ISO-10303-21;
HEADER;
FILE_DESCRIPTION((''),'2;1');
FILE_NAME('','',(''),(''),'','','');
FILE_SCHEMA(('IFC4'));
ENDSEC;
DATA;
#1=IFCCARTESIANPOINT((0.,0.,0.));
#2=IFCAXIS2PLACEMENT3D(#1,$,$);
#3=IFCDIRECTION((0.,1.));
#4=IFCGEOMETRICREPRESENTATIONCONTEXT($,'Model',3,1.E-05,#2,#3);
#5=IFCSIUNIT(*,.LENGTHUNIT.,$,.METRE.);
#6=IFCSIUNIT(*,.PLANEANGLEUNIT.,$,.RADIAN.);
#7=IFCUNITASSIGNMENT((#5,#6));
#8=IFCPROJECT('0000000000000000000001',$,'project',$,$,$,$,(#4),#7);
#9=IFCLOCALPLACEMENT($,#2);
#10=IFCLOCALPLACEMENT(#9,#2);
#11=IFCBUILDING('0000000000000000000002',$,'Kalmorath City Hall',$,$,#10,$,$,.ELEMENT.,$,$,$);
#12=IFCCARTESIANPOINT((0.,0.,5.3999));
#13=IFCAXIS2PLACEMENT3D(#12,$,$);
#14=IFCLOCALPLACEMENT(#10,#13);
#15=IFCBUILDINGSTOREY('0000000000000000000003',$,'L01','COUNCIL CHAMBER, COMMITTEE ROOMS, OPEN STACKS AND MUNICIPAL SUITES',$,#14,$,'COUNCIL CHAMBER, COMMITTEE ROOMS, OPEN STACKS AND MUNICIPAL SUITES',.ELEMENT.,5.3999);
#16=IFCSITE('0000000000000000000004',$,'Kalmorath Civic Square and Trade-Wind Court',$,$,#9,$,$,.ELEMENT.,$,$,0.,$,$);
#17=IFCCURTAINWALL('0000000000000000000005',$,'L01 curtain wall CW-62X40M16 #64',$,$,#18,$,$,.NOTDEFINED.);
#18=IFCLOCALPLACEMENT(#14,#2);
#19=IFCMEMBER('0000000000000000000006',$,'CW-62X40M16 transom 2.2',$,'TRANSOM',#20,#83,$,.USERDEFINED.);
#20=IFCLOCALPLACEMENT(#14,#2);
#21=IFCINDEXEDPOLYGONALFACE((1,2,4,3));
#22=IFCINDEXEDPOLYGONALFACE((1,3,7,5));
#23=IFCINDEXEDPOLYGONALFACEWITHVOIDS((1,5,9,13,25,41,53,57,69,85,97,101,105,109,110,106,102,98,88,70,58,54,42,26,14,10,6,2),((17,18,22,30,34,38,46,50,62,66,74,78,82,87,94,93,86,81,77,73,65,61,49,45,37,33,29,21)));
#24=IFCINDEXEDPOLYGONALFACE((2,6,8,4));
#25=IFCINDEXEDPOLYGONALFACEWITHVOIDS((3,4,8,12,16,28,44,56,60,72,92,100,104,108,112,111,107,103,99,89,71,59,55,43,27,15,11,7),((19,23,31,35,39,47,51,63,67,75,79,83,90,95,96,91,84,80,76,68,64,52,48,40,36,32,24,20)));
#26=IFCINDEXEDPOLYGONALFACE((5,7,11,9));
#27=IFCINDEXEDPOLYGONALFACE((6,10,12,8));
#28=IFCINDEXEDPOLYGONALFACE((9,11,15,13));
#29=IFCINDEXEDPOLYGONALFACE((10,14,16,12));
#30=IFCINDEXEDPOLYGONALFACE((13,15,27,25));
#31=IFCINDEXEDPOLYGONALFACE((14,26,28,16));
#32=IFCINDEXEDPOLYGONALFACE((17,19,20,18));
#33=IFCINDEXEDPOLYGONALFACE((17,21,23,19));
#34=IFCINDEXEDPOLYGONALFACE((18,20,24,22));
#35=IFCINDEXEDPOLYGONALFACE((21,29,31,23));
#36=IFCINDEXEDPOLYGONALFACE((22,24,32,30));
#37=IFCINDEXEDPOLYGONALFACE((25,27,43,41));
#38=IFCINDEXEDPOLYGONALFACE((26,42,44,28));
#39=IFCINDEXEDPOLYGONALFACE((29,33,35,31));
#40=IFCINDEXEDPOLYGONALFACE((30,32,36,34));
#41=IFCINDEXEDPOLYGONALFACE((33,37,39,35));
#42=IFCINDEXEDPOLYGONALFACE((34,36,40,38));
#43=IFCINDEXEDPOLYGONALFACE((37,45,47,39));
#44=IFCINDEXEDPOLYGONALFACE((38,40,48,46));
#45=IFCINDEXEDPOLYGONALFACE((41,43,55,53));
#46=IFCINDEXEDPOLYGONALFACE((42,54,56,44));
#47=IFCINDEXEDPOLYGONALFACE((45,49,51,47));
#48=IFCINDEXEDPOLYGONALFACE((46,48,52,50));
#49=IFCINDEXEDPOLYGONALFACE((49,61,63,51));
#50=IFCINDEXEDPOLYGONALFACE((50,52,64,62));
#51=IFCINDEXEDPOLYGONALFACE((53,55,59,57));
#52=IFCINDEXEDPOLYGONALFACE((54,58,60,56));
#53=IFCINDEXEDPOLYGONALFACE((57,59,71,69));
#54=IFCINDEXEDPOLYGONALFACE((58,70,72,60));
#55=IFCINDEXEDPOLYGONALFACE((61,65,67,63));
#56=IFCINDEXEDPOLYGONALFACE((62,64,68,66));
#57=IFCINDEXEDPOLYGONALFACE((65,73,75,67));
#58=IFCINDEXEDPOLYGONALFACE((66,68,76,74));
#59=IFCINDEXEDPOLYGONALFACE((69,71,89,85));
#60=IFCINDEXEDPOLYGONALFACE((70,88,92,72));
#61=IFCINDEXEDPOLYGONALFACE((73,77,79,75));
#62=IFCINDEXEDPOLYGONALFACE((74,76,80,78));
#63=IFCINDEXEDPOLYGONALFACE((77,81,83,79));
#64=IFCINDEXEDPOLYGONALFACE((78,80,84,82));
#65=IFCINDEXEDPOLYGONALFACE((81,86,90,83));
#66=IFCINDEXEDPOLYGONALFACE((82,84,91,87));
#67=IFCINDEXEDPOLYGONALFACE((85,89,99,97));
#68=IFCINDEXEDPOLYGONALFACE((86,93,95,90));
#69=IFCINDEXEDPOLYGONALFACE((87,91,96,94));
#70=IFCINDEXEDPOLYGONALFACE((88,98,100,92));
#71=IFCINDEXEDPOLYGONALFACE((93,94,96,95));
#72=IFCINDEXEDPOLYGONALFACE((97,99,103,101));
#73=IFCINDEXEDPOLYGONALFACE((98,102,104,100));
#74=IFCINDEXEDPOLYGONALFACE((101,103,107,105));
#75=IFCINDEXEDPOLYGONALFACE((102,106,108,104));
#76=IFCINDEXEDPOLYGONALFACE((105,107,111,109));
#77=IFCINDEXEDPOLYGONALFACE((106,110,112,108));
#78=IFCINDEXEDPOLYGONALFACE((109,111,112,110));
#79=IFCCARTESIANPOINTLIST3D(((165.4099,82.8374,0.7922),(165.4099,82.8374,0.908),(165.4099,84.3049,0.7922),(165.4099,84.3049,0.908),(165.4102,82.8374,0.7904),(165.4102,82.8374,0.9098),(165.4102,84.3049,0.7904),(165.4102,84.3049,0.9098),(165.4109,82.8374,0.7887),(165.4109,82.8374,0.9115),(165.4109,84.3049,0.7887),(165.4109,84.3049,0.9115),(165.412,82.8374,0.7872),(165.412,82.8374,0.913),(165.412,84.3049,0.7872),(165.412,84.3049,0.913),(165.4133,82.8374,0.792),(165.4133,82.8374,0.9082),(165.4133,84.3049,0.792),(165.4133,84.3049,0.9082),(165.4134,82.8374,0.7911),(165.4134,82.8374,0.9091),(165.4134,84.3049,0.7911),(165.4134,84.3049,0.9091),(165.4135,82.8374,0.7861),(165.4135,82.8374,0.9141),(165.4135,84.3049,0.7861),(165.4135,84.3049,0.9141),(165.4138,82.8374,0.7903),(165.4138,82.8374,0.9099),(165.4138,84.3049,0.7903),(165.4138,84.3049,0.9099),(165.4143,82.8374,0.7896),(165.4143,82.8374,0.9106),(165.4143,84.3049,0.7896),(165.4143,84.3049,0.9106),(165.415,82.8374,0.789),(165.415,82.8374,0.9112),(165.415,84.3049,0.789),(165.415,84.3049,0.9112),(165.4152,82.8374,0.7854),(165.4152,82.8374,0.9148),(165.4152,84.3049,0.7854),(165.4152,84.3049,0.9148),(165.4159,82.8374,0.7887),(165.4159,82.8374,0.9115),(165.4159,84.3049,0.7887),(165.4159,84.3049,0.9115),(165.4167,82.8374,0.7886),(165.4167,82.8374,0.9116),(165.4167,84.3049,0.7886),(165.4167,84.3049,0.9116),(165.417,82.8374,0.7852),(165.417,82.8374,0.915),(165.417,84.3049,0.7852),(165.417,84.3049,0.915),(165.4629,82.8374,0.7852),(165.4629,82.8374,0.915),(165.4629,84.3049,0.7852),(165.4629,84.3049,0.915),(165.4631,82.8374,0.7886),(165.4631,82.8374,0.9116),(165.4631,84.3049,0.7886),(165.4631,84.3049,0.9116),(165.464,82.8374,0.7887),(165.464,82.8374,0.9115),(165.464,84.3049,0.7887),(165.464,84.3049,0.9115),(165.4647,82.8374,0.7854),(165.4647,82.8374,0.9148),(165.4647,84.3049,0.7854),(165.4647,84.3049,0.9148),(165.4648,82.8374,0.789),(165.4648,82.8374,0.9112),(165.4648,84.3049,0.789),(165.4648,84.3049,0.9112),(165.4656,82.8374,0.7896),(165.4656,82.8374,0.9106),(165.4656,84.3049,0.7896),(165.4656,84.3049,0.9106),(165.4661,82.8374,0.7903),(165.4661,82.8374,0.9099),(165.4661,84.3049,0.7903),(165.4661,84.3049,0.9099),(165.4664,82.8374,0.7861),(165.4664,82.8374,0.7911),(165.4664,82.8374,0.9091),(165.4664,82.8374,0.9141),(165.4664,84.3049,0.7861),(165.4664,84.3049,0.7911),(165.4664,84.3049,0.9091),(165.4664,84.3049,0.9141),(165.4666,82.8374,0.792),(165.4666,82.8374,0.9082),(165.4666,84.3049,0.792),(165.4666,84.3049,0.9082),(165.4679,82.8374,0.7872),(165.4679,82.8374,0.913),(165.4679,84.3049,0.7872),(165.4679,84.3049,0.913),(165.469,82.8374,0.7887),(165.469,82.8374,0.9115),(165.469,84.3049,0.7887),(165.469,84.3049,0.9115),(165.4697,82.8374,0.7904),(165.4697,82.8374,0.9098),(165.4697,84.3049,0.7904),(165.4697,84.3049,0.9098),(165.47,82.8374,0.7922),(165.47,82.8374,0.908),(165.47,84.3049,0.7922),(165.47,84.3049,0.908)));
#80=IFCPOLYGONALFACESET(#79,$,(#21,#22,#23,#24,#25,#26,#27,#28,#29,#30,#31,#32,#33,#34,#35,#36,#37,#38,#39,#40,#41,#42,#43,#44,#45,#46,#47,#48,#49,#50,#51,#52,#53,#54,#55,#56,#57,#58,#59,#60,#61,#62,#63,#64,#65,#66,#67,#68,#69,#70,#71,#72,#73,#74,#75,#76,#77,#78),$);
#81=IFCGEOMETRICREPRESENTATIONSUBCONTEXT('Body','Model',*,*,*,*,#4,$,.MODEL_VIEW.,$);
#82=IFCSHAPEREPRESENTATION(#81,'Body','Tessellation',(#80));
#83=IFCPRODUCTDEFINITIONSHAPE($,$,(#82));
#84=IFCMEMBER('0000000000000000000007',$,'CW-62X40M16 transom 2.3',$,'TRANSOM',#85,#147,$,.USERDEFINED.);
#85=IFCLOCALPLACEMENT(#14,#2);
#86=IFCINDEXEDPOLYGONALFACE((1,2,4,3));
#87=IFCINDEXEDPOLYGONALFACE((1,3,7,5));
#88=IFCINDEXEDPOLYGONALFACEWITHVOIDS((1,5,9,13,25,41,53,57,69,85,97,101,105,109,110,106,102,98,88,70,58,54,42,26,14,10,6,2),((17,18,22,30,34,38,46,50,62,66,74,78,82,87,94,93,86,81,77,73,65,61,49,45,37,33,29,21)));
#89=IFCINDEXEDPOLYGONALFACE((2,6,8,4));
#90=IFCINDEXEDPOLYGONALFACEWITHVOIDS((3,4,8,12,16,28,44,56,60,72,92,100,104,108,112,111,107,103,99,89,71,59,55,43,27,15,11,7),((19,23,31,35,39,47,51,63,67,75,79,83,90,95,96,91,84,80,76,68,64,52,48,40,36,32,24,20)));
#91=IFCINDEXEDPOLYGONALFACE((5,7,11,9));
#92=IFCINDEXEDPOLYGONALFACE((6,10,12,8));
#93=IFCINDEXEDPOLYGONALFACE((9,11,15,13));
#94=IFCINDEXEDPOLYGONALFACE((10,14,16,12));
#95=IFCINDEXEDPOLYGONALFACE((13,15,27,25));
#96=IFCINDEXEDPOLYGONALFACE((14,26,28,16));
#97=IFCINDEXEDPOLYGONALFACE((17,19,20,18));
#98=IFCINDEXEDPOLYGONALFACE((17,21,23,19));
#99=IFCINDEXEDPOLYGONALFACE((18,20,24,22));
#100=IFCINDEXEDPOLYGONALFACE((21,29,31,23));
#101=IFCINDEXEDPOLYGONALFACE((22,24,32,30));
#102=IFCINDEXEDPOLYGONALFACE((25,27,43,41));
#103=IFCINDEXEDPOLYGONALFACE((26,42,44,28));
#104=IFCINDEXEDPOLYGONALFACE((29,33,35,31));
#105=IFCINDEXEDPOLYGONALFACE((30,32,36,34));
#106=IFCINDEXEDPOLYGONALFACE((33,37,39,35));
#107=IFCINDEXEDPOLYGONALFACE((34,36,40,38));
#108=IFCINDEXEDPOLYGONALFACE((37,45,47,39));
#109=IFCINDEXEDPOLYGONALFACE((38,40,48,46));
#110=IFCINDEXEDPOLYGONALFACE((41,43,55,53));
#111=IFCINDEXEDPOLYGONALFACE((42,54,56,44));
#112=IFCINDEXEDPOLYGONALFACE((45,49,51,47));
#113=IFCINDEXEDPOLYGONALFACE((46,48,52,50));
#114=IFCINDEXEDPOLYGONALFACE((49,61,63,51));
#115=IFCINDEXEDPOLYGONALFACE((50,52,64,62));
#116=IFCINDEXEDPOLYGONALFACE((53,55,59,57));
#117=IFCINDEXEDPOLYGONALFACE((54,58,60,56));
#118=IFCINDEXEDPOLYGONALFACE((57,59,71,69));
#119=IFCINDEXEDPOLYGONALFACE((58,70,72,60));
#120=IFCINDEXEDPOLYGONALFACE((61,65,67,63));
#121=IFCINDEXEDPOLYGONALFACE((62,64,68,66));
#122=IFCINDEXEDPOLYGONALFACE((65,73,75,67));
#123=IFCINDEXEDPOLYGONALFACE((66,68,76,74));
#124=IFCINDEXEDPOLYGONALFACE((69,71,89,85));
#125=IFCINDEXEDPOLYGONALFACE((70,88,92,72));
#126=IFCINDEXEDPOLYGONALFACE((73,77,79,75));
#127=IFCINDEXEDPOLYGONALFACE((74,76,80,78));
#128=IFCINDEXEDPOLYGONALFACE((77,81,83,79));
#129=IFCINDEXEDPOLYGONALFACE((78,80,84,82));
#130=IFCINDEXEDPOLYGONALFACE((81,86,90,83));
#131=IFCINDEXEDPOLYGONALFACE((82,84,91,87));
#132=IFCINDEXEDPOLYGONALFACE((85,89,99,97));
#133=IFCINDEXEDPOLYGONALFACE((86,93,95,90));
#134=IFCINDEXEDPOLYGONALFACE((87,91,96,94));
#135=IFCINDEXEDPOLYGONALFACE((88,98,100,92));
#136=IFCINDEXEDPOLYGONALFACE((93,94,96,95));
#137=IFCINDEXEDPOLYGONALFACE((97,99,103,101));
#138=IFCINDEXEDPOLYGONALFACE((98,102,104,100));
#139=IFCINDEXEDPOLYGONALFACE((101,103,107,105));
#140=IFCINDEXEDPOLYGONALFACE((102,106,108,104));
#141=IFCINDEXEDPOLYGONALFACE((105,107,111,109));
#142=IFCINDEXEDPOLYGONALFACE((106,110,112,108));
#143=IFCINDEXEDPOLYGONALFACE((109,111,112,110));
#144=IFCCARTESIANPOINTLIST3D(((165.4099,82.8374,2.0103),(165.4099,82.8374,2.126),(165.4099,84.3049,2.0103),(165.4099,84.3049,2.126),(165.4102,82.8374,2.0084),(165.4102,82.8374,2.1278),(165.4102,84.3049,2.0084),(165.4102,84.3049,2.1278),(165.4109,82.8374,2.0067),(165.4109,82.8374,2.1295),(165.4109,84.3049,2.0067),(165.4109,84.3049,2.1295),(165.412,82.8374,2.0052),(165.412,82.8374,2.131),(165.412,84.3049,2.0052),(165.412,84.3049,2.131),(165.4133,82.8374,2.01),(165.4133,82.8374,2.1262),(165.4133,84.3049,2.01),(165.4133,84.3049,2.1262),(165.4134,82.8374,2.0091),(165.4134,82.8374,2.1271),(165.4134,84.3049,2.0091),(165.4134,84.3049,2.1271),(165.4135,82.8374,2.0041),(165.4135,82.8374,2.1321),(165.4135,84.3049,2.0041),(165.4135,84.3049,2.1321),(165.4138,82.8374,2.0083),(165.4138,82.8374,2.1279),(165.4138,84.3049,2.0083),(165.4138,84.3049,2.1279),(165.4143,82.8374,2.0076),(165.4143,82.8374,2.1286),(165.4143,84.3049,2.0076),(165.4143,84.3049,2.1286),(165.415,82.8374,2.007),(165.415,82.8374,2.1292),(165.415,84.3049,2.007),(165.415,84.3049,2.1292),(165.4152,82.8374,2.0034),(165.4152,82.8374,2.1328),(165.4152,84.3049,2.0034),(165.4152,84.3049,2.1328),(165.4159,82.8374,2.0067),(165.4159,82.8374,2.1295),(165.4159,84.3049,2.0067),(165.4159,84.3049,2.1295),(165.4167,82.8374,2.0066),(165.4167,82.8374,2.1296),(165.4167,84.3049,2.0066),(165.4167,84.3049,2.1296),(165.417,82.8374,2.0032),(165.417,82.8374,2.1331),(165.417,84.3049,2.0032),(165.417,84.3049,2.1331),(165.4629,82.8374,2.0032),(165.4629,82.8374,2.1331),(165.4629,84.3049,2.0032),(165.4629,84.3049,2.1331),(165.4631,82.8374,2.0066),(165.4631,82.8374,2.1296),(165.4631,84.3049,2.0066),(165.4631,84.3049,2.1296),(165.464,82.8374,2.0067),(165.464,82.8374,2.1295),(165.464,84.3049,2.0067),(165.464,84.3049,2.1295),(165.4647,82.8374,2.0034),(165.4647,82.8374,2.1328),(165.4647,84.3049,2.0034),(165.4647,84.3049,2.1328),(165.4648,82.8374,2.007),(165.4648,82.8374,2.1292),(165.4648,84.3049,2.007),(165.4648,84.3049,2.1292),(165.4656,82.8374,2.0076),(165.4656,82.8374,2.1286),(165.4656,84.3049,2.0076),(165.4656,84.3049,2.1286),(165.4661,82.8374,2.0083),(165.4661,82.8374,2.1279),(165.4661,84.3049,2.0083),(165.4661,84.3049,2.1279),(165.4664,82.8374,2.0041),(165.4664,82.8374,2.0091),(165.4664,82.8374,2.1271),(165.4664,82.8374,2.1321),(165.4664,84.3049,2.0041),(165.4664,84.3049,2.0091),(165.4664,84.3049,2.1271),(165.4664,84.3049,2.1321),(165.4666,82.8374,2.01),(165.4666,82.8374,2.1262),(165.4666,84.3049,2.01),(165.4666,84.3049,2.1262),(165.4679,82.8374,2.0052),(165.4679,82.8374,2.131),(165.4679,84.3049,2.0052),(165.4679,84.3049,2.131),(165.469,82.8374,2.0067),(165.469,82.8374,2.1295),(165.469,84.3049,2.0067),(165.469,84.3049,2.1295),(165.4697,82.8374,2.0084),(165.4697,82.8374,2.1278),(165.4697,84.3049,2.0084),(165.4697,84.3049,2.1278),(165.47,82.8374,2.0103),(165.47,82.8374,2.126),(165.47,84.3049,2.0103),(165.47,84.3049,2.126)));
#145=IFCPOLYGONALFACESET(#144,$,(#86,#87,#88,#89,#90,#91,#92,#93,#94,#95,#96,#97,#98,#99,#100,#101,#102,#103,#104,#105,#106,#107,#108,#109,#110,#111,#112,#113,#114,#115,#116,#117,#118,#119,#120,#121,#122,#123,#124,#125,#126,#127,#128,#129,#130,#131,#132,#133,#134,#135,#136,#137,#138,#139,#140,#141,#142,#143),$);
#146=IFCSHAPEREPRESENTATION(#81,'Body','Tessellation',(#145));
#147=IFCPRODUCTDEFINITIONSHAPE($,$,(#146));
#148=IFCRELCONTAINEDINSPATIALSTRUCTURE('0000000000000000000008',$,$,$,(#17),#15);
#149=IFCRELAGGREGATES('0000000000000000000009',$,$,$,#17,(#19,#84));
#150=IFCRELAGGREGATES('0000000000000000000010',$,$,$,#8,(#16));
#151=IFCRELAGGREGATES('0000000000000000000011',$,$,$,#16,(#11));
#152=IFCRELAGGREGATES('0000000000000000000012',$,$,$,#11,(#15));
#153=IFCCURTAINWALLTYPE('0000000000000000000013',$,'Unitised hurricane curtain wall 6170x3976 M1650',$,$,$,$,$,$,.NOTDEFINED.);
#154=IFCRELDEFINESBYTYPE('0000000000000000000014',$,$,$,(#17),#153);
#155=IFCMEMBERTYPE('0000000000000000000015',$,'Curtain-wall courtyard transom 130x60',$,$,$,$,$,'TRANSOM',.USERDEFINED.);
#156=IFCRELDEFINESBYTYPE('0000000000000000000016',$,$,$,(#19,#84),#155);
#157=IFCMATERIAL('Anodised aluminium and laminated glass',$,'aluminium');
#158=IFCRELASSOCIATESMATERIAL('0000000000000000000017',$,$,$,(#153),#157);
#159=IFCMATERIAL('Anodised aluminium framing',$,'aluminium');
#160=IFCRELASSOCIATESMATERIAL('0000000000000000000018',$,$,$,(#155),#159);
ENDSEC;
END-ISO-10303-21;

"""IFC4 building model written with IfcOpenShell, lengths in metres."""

from ifc_helpers import new_model, si_unit, direction, frame, origin, origin_2d, place, context, subcontext, project, spatial, hollow_rectangle, extrude, material, material_profile, profile_set, type_object, element, aggregate, save


model = new_model("IFC4")

# Units and contexts
model_context = context("Model", 3, precision=1e-05, world=origin(), true_north=direction((0.0, 1.0)))
body_context = subcontext(model_context, "Body", "Model", "MODEL_VIEW")
ifc_project = project(units=[si_unit("LENGTHUNIT", "METRE"), si_unit("PLANEANGLEUNIT", "RADIAN")], contexts=[model_context])

# Site, building, storey
site_placement = place(None, origin())
site = spatial("IfcSite", under=ifc_project, at=site_placement, Name="Kalmorath Civic Square and Trade-Wind Court", CompositionType="ELEMENT", RefElevation=0.0)
building_placement = place(site_placement, origin())
building = spatial("IfcBuilding", under=site, at=building_placement, Name="Kalmorath City Hall", CompositionType="ELEMENT")
storey_placement = place(building_placement, frame((0.0, 0.0, 5.3999)))
storey = spatial("IfcBuildingStorey", under=building, at=storey_placement, Name="L01", Description="COUNCIL CHAMBER, COMMITTEE ROOMS, OPEN STACKS AND MUNICIPAL SUITES", LongName="COUNCIL CHAMBER, COMMITTEE ROOMS, OPEN STACKS AND MUNICIPAL SUITES", CompositionType="ELEMENT", Elevation=5.3999)

# Curtain wall, members
ifc_material_1 = material(Name="Anodised aluminium and laminated glass", Category="aluminium")
curtain_wall_type = type_object("IfcCurtainWallType", Name="Unitised hurricane curtain wall 6170x3976 M1650", PredefinedType="NOTDEFINED", material=ifc_material_1)
curtain_wall_placement = place(storey_placement, origin())
curtain_wall = element("IfcCurtainWall", 1, at=curtain_wall_placement, inside=storey, type_object=curtain_wall_type, Name="L01 curtain wall CW-62X40M16 #64", PredefinedType="NOTDEFINED")
ifc_material_2 = material(Name="Anodised aluminium framing", Category="aluminium")
ifc_material_profile_1 = material_profile(ifc_material_2, hollow_rectangle(XDim=0.0601, YDim=0.1299, WallThickness=0.0034, InnerFilletRadius=0.0034, OuterFilletRadius=0.0071, at=origin_2d()), Name="ALU-TRN-130X60X3.5")
ifc_profile_set_1 = profile_set([ifc_material_profile_1], Name="Anodised aluminium framing")
member_type_1 = type_object("IfcMemberType", Name="Curtain-wall courtyard transom 130x60", ElementType="TRANSOM", PredefinedType="USERDEFINED", material=ifc_profile_set_1)
member_1_placement = place(storey_placement, frame((165.4399, 84.3049, 0.8501), z_axis=(0.0, -1.0, 0.0), x_axis=(1.0, 0.0, 0.0)))
member_1 = element("IfcMember", 2, at=member_1_placement, type_object=member_type_1, Name="CW-62X40M16 transom 2.2", ObjectType="TRANSOM", PredefinedType="USERDEFINED", context=body_context, shape_type="SweptSolid", body=[
    extrude(hollow_rectangle(XDim=0.0601, YDim=0.1299, WallThickness=0.0034, InnerFilletRadius=0.0034, OuterFilletRadius=0.0071, at=origin_2d()), origin(), (0.0, 0.0, 1.0), 1.4675),
])
member_2_placement = place(storey_placement, frame((165.4399, 84.3049, 2.0681), z_axis=(0.0, -1.0, 0.0), x_axis=(1.0, 0.0, 0.0)))
member_2 = element("IfcMember", 3, at=member_2_placement, type_object=member_type_1, Name="CW-62X40M16 transom 2.3", ObjectType="TRANSOM", PredefinedType="USERDEFINED", context=body_context, shape_type="SweptSolid", body=[
    extrude(hollow_rectangle(XDim=0.0601, YDim=0.1299, WallThickness=0.0034, InnerFilletRadius=0.0034, OuterFilletRadius=0.0071, at=origin_2d()), origin(), (0.0, 0.0, 1.0), 1.4675),
])

aggregate(curtain_wall, [member_1, member_2])

save(model, "model.ifc")
